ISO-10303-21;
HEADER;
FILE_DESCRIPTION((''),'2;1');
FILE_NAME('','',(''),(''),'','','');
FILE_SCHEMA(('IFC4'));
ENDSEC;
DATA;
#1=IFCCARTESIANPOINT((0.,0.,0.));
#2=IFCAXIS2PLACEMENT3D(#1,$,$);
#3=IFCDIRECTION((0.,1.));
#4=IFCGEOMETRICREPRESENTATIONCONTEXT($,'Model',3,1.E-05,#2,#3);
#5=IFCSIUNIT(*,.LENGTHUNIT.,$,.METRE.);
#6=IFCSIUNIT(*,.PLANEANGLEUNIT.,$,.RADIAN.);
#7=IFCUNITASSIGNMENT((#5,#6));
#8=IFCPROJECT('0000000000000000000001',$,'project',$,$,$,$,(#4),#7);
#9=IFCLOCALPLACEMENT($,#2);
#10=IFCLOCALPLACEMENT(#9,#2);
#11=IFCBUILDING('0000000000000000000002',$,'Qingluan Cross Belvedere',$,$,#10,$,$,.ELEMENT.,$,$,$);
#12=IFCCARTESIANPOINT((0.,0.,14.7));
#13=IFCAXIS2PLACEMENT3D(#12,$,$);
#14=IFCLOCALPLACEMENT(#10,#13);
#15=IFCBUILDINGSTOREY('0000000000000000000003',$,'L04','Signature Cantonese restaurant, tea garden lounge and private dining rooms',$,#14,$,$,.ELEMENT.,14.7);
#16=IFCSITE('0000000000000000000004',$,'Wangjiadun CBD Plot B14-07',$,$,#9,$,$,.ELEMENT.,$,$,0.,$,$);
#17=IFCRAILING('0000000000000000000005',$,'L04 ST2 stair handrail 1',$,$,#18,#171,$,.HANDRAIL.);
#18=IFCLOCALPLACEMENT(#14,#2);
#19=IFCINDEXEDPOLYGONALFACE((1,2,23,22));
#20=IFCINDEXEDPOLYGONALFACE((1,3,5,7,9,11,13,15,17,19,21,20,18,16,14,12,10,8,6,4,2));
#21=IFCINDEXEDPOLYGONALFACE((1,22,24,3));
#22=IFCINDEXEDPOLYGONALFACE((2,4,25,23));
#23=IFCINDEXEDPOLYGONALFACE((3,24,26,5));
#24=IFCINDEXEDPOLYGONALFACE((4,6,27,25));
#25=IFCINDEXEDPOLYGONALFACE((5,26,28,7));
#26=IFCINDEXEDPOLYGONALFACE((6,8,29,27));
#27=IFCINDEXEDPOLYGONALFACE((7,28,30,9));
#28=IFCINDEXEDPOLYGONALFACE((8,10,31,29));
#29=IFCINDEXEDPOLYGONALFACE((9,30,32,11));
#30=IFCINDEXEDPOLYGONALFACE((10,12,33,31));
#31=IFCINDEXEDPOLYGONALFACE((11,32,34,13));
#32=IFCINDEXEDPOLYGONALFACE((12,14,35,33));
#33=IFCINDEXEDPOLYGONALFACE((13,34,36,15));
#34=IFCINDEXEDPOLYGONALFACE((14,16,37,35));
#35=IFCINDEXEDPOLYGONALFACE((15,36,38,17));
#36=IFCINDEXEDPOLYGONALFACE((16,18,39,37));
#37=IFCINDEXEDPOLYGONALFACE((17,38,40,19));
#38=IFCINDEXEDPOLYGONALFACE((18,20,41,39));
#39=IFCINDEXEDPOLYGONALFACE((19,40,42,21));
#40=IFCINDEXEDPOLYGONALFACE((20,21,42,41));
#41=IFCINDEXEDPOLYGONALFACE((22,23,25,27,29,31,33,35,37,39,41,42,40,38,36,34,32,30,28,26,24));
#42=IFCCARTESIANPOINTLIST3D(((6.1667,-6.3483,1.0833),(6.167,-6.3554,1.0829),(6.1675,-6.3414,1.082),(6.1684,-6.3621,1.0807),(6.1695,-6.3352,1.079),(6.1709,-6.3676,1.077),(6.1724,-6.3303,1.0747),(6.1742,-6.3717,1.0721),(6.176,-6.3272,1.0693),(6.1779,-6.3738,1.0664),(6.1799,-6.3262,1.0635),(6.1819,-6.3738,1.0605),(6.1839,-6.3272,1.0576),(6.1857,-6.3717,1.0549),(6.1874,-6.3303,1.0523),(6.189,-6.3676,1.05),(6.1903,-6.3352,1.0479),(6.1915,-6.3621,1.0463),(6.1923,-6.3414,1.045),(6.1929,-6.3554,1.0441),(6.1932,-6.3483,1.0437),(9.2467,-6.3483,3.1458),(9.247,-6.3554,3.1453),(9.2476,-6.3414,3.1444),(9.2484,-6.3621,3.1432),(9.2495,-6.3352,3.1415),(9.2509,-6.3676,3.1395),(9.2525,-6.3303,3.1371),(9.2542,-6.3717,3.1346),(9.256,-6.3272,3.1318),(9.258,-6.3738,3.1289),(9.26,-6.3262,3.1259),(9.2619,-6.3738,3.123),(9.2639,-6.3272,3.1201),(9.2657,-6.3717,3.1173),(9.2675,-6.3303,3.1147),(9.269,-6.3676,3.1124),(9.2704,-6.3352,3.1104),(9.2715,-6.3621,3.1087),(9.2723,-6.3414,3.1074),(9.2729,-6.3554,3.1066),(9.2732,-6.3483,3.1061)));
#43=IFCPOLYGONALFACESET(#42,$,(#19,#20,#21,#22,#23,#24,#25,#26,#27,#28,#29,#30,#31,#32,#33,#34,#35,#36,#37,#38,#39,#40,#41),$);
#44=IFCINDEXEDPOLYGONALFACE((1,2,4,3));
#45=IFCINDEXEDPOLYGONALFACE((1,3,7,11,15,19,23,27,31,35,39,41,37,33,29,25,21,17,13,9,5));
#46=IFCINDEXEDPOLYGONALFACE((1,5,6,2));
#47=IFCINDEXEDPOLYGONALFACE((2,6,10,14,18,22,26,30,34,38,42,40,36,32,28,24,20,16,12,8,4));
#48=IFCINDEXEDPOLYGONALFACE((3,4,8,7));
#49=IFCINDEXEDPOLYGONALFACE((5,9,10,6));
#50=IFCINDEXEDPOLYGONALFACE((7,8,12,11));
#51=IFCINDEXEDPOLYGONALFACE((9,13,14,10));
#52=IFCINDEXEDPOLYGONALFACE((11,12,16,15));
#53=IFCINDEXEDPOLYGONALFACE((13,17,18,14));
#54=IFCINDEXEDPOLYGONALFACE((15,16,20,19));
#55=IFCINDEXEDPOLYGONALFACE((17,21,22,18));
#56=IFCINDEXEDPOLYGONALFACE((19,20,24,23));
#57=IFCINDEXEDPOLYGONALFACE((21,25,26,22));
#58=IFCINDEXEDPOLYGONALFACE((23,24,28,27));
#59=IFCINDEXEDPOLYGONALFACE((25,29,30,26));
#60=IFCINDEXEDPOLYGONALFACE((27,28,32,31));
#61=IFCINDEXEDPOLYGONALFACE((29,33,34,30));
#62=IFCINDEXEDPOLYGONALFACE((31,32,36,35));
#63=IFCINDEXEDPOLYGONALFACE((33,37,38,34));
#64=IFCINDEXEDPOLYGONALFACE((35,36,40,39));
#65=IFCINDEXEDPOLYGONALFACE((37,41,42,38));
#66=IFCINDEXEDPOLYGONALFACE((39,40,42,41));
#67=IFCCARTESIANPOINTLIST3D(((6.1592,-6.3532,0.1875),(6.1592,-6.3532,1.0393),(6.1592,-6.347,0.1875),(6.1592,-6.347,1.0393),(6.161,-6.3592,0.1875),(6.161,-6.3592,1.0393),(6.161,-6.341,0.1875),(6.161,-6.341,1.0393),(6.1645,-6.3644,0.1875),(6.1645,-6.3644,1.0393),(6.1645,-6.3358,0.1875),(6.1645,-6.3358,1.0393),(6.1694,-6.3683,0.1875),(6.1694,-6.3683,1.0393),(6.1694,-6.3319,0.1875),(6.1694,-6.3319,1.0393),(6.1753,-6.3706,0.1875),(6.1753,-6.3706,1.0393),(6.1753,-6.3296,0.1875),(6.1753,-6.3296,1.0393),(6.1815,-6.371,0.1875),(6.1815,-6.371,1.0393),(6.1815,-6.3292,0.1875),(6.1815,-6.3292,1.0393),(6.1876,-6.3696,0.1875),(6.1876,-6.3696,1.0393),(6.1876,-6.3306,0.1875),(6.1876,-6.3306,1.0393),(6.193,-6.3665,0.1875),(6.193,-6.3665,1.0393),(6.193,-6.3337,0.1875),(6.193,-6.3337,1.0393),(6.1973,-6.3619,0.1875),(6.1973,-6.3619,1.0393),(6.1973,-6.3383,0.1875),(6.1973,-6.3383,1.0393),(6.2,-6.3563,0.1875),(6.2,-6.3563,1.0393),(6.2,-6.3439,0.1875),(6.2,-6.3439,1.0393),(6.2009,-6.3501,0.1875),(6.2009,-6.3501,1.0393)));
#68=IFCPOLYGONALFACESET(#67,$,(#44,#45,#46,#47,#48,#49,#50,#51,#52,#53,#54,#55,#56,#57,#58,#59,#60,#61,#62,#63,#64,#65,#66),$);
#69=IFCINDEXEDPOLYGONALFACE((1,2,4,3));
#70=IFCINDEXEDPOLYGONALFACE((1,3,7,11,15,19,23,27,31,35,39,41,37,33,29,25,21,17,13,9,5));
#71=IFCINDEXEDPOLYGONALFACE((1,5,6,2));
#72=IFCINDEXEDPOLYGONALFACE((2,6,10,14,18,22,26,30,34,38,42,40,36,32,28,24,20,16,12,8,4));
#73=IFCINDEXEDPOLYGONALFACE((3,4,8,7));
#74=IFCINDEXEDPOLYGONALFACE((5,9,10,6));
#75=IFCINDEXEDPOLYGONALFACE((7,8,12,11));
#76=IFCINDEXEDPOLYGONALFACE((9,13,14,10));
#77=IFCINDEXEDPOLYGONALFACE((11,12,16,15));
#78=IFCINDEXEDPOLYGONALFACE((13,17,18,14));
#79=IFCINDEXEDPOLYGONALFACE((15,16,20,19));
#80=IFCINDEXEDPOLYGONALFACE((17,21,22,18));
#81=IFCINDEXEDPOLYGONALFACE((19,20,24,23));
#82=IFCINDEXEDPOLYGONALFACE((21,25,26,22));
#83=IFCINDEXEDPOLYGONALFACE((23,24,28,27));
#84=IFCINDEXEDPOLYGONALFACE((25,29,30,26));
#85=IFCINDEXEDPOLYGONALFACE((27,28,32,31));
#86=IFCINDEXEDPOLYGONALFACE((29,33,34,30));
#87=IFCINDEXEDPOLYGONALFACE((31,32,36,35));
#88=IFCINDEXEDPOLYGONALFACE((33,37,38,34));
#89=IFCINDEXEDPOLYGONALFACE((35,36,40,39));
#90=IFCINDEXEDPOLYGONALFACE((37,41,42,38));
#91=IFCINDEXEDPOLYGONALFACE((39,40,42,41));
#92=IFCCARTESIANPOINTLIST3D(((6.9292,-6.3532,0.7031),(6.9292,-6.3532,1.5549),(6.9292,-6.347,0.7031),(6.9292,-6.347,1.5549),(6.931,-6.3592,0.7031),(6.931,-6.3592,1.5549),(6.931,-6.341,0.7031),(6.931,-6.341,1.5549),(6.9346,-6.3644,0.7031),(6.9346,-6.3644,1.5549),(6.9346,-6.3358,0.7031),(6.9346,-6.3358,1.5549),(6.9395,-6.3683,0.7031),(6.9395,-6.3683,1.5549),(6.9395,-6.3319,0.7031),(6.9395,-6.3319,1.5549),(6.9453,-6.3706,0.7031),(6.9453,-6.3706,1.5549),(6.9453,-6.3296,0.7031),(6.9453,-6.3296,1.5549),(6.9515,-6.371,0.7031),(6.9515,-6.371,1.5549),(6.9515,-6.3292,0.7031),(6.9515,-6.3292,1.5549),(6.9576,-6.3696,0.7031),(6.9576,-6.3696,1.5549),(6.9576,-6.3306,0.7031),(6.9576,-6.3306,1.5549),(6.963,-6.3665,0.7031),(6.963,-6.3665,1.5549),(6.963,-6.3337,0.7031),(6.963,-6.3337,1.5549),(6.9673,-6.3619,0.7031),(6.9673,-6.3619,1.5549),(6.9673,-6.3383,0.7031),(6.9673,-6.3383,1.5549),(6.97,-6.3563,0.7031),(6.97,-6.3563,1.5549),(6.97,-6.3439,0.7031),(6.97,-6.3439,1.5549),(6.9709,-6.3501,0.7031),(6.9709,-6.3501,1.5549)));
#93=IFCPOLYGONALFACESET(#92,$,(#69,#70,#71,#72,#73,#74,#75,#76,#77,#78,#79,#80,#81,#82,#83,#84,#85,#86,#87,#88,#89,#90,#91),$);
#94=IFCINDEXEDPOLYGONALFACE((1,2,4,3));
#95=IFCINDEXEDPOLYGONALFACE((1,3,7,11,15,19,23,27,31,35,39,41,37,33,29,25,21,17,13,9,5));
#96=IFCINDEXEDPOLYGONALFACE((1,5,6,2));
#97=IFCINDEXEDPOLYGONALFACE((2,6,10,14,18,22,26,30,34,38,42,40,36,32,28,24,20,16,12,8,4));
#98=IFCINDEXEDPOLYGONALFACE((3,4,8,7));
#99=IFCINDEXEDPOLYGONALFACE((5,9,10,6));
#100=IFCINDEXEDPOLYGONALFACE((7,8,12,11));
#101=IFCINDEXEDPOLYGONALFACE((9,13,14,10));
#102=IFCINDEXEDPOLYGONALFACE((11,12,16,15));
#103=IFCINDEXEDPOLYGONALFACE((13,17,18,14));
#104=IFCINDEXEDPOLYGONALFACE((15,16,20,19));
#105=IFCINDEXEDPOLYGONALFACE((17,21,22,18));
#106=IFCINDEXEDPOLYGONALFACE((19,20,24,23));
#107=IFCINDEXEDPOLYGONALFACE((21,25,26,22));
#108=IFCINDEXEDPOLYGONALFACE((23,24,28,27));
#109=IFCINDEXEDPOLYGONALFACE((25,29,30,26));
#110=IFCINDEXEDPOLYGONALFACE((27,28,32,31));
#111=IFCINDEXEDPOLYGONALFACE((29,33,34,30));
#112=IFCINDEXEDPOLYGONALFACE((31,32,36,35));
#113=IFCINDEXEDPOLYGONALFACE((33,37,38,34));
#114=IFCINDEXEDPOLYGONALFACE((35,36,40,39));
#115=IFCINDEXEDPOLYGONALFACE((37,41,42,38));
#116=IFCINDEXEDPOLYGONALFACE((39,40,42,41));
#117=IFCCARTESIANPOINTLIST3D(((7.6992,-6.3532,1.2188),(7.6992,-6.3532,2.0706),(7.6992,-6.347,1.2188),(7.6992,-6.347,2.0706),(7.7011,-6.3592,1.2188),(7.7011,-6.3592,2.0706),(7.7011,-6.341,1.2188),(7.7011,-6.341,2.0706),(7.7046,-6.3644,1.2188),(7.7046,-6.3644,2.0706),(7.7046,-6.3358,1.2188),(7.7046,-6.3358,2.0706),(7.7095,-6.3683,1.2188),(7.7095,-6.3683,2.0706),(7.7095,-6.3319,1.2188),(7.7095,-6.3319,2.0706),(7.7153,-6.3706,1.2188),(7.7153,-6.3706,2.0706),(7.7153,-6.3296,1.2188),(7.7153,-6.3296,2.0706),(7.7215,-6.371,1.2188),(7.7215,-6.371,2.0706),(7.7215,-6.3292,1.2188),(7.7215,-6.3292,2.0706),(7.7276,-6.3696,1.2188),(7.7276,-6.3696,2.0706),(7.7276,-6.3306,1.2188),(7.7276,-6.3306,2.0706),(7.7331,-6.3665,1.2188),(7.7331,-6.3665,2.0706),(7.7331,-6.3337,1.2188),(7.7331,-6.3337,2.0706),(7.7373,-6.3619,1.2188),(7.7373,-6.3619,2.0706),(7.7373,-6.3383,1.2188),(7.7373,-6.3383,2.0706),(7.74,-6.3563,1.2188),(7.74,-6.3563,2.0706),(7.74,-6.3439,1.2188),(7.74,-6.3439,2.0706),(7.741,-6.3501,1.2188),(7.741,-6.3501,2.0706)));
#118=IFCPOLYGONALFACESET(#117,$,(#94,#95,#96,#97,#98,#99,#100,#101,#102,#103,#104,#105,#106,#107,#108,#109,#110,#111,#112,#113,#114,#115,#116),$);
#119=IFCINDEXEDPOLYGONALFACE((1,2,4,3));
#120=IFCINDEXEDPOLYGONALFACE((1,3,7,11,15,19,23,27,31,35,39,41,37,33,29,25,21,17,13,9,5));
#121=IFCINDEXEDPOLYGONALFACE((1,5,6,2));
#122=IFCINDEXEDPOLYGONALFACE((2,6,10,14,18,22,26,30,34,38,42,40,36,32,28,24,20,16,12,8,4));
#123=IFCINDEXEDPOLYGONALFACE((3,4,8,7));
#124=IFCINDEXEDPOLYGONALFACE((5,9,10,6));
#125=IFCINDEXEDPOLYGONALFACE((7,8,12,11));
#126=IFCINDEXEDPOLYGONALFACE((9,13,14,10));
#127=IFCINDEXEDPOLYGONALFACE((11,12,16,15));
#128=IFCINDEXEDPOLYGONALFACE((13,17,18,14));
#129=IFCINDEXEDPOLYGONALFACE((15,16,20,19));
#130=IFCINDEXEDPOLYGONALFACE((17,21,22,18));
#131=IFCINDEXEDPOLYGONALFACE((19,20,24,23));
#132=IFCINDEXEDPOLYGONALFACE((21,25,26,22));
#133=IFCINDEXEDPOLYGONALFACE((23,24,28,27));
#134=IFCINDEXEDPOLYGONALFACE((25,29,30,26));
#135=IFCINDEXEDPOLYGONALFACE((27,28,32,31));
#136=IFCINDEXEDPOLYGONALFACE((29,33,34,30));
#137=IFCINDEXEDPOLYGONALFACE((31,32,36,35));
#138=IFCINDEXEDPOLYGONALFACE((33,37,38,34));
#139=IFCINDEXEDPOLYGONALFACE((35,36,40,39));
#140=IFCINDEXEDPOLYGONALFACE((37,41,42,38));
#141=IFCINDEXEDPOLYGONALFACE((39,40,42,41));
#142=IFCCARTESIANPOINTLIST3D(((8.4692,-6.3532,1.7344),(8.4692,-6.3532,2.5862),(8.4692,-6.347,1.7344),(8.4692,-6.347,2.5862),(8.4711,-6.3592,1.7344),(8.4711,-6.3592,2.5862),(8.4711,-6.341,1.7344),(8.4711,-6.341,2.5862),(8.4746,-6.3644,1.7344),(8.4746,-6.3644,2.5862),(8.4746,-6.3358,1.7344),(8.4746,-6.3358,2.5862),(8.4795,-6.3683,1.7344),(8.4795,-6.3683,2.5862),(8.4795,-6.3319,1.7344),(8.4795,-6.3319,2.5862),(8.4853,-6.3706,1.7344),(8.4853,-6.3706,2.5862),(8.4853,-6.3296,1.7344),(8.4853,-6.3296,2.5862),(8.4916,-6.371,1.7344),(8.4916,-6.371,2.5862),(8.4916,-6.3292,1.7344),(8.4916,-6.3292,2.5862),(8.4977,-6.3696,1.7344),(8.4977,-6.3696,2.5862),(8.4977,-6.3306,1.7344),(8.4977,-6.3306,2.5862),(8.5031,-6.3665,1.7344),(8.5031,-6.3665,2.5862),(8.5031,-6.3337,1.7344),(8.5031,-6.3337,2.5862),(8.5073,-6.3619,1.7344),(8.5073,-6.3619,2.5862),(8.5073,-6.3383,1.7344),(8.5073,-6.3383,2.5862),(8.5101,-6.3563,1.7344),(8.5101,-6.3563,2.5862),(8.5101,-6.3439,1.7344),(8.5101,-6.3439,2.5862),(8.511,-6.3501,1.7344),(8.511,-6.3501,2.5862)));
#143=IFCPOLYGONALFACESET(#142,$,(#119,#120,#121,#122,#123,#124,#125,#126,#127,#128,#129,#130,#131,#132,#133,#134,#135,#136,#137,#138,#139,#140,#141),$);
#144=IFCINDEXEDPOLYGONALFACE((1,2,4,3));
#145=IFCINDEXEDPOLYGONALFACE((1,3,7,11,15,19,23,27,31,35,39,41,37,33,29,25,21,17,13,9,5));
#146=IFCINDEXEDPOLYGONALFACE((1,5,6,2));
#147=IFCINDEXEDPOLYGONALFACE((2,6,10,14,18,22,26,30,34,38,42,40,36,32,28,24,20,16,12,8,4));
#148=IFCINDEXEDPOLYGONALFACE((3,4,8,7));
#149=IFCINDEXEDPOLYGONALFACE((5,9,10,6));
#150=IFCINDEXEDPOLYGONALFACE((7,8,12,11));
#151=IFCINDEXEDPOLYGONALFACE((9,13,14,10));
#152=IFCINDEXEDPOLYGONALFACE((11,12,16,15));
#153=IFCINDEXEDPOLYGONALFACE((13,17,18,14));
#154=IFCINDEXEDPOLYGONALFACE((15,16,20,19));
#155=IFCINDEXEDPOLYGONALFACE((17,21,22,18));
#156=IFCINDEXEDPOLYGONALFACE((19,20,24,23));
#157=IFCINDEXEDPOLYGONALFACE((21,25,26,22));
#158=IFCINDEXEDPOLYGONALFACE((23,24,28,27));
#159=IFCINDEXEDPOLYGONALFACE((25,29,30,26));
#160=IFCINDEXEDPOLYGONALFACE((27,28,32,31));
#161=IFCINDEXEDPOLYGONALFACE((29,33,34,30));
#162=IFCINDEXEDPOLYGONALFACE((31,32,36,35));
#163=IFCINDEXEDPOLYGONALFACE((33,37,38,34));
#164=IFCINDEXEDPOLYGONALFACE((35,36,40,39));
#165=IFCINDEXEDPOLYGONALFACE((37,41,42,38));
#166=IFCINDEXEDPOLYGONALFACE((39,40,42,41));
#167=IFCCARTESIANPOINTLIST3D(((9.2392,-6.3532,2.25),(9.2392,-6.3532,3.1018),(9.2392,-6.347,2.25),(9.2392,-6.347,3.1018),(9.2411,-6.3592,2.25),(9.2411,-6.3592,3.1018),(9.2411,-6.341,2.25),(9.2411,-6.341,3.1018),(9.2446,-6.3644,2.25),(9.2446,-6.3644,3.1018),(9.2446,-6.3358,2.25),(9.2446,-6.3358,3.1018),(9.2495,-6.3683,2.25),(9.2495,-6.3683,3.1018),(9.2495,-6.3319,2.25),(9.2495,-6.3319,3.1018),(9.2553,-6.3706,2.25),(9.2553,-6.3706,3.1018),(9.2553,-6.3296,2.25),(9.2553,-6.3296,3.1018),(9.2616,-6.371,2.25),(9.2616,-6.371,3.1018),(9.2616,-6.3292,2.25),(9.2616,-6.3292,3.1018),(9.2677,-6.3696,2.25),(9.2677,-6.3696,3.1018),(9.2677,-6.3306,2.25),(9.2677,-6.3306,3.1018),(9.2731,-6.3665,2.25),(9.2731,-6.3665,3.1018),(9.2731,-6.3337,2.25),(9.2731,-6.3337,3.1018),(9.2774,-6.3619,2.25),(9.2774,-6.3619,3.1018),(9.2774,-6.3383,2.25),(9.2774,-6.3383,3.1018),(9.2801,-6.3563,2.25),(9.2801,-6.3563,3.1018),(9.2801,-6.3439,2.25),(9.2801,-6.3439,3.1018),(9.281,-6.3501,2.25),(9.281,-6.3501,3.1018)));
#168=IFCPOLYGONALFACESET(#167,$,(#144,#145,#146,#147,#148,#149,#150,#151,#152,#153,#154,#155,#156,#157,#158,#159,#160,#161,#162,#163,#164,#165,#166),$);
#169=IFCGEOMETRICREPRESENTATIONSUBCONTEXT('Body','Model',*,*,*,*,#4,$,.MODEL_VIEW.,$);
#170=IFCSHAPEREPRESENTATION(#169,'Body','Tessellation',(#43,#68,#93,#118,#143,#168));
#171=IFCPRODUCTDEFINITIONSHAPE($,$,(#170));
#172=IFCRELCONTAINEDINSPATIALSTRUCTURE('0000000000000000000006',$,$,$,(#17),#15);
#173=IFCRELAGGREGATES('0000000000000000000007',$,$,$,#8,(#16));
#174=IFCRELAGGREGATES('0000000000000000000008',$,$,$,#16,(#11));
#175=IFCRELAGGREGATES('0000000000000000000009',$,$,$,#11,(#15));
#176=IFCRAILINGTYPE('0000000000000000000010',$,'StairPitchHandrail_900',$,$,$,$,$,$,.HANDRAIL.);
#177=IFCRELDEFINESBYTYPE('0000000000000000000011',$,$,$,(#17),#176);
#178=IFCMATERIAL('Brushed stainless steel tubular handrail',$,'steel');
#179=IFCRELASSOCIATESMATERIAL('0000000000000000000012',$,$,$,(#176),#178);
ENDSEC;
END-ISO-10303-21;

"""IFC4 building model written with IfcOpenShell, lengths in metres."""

from ifc_helpers import new_model, si_unit, direction, frame, origin, origin_2d, place, context, subcontext, project, spatial, circle, extrude, material, type_object, element, save


model = new_model("IFC4")

# Units and contexts
model_context = context("Model", 3, precision=1e-05, world=origin(), true_north=direction((0.0, 1.0)))
body_context = subcontext(model_context, "Body", "Model", "MODEL_VIEW")
ifc_project = project(units=[si_unit("LENGTHUNIT", "METRE"), si_unit("PLANEANGLEUNIT", "RADIAN")], contexts=[model_context])

# Site, building, storey
site_placement = place(None, origin())
site = spatial("IfcSite", under=ifc_project, at=site_placement, Name="Wangjiadun CBD Plot B14-07", CompositionType="ELEMENT", RefElevation=0.0)
building_placement = place(site_placement, origin())
building = spatial("IfcBuilding", under=site, at=building_placement, Name="Qingluan Cross Belvedere", CompositionType="ELEMENT")
storey_placement = place(building_placement, frame((0.0, 0.0, 14.7)))
storey = spatial("IfcBuildingStorey", under=building, at=storey_placement, Name="L04", Description="Signature Cantonese restaurant, tea garden lounge and private dining rooms", CompositionType="ELEMENT", Elevation=14.7)

# Railing
ifc_material_1 = material(Name="Brushed stainless steel tubular handrail", Category="steel")
railing_type_1 = type_object("IfcRailingType", Name="StairPitchHandrail_900", PredefinedType="HANDRAIL", material=ifc_material_1)
railing_1_placement = place(storey_placement, frame((6.1799, -6.3501, 0.1875)))
element("IfcRailing", 1, at=railing_1_placement, inside=storey, type_object=railing_type_1, Name="L04 ST2 stair handrail 1", PredefinedType="HANDRAIL", context=body_context, shape_type="SweptSolid", body=[
    extrude(circle(Radius=0.0239, at=origin_2d()), frame((0.0, 0.0, 0.876), z_axis=(0.830914, 0.0, 0.556401), x_axis=(0.0, 1.0, 0.0)), (0.0, 0.0, 1.0), 3.7068),
    extrude(circle(Radius=0.021, at=origin_2d()), origin(), (0.0, 0.0, 1.0), 0.8518),
    extrude(circle(Radius=0.021, at=origin_2d()), frame((0.77, 0.0, 0.5156)), (0.0, 0.0, 1.0), 0.8518),
    extrude(circle(Radius=0.021, at=origin_2d()), frame((1.54, 0.0, 1.0312)), (0.0, 0.0, 1.0), 0.8518),
    extrude(circle(Radius=0.021, at=origin_2d()), frame((2.3101, 0.0, 1.5469)), (0.0, 0.0, 1.0), 0.8518),
    extrude(circle(Radius=0.021, at=origin_2d()), frame((3.0801, 0.0, 2.0625)), (0.0, 0.0, 1.0), 0.8518),
])

save(model, "model.ifc")
